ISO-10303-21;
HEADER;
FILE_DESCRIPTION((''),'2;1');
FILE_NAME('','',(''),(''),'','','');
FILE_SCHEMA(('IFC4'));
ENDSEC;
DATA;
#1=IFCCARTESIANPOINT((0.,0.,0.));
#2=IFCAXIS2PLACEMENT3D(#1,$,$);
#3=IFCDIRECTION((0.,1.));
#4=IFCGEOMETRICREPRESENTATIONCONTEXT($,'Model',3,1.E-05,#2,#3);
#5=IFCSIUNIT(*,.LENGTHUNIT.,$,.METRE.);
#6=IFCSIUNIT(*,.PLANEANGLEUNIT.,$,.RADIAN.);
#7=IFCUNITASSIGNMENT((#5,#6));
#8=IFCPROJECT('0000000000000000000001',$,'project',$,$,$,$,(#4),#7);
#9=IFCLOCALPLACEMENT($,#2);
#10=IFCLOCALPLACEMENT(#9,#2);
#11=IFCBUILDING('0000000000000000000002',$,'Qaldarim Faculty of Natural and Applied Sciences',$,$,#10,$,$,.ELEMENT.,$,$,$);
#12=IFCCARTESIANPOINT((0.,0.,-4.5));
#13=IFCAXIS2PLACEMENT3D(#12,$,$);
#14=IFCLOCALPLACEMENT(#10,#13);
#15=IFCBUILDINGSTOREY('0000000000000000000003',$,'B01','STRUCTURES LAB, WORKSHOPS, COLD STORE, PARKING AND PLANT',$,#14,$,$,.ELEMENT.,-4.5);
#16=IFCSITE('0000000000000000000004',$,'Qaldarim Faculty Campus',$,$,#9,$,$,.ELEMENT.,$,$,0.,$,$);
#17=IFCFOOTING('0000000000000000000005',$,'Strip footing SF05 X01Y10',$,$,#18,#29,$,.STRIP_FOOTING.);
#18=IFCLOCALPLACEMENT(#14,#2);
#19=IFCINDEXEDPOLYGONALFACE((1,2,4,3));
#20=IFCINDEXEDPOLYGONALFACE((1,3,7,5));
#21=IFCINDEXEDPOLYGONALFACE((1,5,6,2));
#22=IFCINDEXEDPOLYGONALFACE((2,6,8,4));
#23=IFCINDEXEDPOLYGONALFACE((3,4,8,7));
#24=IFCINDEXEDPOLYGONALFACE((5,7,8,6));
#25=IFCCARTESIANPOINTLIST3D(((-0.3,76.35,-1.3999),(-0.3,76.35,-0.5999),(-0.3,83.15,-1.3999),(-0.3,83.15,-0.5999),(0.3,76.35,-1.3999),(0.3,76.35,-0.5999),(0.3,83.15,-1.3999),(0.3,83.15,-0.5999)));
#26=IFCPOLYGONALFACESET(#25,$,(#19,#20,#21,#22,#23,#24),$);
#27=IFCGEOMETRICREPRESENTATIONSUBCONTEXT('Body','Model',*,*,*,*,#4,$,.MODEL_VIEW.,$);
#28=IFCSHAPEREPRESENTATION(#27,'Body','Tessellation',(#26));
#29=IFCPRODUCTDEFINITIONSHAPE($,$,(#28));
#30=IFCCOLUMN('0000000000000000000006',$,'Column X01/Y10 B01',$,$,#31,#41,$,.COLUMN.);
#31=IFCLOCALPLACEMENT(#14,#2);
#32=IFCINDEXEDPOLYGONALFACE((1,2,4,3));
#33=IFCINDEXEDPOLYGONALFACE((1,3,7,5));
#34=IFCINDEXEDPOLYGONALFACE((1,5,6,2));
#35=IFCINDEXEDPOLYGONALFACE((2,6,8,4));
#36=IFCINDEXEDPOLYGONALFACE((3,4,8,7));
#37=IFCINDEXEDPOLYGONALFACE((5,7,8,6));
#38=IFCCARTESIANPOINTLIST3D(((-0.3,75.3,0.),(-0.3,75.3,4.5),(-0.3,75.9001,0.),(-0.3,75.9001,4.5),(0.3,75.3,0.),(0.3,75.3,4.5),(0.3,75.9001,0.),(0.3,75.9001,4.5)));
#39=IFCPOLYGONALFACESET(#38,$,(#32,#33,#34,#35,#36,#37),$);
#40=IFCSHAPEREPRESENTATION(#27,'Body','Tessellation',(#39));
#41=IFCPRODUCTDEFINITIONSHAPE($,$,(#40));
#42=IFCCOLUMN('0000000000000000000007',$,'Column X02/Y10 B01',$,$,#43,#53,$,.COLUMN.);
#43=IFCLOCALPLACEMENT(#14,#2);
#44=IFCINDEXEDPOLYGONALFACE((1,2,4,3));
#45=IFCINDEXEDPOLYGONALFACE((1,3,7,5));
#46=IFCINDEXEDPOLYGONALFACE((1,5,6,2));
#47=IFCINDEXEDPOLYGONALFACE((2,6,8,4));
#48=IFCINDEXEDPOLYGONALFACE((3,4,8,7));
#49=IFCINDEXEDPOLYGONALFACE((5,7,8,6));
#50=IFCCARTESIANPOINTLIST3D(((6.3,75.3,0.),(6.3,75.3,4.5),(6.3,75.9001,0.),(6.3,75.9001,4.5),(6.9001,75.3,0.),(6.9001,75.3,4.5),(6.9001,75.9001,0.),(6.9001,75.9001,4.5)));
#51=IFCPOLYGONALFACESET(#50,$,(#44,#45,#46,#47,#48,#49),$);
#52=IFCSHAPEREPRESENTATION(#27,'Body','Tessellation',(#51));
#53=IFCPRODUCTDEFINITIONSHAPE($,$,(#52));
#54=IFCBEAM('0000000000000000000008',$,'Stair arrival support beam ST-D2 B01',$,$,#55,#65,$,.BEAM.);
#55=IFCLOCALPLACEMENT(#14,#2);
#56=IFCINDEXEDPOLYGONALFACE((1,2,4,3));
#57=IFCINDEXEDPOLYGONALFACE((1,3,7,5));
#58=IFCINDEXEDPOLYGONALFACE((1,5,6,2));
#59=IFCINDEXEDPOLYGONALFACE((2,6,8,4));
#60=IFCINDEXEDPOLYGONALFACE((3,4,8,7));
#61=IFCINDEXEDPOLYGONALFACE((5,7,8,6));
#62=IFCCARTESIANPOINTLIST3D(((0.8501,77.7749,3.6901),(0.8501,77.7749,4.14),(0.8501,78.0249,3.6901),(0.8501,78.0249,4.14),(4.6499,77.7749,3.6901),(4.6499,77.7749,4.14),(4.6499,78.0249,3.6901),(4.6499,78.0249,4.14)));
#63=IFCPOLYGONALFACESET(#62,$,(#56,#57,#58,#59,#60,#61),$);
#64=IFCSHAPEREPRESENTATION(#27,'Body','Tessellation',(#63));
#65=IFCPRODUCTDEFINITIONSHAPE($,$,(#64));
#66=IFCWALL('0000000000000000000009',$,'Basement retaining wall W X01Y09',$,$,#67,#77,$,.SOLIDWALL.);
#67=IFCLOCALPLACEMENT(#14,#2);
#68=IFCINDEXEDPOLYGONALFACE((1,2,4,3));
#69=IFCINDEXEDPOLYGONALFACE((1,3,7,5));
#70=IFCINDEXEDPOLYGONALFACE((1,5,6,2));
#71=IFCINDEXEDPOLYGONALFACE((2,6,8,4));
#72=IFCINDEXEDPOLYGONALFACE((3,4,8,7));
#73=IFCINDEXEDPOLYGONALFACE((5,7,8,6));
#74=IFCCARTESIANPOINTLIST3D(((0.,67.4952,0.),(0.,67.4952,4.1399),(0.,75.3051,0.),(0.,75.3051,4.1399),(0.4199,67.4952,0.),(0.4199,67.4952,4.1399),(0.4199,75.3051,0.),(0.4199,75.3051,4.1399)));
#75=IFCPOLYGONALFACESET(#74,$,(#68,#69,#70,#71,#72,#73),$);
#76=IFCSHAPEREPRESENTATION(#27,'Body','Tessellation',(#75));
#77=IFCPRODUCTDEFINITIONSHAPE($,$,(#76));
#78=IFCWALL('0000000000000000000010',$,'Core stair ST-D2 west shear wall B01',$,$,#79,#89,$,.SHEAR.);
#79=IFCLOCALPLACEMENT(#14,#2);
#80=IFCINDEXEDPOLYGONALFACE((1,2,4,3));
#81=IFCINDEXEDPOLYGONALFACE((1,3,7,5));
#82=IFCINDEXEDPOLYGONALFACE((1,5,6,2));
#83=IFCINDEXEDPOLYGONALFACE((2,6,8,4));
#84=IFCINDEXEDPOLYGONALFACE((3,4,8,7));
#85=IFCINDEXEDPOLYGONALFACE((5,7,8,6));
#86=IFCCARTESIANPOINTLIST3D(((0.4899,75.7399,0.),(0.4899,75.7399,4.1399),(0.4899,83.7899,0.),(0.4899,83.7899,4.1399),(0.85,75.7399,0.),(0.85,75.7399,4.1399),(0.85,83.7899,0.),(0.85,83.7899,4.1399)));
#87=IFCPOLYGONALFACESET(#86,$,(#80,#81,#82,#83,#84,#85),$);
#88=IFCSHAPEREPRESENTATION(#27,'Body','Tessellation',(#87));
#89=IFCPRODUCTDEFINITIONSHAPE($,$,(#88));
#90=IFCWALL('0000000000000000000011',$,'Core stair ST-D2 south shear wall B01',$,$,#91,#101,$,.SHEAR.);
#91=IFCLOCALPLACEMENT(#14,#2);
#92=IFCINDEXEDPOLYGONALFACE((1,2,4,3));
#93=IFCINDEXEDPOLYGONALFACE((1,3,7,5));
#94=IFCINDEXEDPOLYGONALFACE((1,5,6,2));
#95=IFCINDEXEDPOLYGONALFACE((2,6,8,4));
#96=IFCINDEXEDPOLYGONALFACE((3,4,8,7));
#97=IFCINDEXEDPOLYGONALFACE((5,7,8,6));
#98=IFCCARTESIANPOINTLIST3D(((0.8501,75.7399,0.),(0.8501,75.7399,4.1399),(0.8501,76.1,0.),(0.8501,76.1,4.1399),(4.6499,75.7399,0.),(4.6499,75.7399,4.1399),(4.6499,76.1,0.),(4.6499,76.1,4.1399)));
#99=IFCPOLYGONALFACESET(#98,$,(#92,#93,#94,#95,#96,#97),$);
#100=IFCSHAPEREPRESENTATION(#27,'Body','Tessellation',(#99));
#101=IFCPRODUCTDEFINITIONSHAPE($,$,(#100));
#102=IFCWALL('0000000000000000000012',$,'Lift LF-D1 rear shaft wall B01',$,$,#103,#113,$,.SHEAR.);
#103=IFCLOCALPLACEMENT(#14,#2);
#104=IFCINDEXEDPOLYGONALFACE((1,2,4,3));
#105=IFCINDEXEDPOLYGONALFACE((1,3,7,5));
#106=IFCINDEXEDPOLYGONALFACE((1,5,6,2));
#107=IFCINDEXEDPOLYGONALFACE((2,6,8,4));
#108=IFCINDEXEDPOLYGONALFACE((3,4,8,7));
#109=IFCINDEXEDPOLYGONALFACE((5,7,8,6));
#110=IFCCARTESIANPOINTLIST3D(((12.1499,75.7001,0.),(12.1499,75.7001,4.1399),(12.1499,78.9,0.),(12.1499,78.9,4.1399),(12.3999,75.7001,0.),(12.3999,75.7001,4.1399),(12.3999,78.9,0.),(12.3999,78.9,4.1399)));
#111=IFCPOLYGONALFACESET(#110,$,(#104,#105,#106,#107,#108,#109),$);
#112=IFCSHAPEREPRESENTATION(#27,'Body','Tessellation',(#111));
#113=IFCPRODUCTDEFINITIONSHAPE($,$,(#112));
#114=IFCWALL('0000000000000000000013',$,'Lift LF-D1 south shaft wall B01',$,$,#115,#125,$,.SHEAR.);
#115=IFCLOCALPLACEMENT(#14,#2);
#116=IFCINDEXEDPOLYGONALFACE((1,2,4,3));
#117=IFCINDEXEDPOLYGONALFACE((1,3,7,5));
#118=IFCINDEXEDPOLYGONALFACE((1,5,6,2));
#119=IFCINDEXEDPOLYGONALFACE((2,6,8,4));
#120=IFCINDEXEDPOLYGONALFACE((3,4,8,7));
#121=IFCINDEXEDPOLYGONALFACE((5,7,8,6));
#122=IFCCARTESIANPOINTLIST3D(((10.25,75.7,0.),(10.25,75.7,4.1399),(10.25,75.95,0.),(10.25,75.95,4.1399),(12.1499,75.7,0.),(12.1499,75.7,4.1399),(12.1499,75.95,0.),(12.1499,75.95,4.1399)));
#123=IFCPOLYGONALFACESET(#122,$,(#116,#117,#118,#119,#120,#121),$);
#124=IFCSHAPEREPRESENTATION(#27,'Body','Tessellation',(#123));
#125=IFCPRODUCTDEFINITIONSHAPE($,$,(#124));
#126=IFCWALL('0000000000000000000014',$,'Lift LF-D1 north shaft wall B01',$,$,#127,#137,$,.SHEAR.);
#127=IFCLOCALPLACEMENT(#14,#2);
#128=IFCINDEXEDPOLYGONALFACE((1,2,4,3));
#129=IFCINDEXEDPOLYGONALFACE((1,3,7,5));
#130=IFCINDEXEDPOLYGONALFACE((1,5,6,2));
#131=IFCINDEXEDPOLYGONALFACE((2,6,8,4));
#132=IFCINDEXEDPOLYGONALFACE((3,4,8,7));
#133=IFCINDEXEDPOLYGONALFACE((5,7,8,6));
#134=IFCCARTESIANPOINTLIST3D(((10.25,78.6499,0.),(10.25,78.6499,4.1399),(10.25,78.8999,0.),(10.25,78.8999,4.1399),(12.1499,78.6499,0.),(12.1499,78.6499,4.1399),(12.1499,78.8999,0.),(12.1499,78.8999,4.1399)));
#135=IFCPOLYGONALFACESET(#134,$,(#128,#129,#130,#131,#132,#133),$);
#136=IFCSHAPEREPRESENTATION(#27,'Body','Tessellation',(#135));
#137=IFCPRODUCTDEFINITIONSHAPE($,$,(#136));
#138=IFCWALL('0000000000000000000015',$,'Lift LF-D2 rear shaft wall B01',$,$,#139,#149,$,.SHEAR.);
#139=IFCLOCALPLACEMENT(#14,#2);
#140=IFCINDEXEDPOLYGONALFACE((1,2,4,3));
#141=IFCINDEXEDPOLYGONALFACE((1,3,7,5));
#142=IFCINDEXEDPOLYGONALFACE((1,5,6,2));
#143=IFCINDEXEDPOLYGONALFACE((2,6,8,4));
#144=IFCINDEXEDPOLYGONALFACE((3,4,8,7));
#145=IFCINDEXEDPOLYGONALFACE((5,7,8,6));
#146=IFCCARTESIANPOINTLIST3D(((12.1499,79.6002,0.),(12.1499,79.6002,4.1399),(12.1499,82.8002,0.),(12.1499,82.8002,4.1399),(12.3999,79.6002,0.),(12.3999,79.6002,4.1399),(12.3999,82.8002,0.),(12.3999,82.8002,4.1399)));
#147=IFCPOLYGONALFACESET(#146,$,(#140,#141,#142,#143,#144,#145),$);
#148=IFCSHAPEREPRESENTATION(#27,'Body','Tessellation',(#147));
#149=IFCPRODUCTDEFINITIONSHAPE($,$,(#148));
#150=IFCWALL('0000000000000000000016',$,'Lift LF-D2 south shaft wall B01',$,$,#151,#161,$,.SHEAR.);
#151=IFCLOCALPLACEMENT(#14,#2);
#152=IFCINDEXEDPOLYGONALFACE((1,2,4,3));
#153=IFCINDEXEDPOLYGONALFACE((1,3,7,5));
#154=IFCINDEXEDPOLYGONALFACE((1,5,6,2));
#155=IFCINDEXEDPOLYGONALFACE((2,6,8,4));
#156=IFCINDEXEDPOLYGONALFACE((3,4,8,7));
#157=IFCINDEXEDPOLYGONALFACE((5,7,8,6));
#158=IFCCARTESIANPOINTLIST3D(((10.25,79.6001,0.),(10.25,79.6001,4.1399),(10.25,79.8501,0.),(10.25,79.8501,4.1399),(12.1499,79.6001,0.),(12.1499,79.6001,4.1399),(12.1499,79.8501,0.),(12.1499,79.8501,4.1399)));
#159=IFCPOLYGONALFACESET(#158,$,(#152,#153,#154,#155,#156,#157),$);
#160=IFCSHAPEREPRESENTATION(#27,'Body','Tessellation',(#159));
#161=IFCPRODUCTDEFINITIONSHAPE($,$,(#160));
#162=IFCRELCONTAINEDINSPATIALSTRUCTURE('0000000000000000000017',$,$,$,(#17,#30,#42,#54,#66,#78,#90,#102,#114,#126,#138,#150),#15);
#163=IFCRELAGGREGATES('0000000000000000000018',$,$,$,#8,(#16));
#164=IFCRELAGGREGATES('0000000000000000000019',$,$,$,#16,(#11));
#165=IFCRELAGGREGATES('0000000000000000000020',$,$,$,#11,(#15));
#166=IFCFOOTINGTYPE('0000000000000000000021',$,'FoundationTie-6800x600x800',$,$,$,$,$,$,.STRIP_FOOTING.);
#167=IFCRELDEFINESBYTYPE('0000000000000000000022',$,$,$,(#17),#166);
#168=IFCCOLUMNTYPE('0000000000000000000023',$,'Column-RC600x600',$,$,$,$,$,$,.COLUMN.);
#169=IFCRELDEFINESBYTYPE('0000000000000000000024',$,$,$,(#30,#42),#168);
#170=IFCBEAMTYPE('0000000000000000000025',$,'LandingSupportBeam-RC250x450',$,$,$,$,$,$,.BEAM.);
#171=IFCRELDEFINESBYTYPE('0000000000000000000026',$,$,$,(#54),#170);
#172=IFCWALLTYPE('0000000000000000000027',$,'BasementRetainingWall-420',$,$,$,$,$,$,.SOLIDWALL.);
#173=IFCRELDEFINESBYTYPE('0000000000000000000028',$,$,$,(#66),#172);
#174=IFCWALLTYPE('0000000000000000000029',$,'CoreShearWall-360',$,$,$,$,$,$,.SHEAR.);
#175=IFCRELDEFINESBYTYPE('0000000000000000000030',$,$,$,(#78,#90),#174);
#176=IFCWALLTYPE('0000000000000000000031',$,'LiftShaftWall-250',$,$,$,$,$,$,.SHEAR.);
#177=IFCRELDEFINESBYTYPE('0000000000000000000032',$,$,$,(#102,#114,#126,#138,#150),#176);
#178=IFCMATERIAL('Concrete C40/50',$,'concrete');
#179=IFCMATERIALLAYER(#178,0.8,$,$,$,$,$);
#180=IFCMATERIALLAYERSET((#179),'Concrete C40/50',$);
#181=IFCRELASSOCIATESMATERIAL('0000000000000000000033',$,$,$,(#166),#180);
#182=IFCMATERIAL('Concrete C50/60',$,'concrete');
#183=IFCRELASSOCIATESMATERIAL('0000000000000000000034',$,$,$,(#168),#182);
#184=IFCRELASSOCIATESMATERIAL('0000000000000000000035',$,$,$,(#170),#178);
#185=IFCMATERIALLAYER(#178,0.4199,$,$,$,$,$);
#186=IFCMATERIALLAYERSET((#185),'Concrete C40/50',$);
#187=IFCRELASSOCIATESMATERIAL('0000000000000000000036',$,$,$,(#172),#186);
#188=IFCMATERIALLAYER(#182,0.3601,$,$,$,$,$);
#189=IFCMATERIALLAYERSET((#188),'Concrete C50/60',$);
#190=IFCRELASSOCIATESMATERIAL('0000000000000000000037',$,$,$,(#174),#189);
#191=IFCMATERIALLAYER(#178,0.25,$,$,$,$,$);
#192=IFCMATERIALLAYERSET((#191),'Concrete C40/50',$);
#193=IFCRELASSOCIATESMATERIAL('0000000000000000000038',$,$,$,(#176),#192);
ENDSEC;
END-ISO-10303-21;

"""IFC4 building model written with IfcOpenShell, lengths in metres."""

from ifc_helpers import new_model, si_unit, direction, frame, frame_2d, origin, origin_2d, place, context, subcontext, project, spatial, rectangle, extrude, material, layer, layer_set, material_profile, profile_set, type_object, element, save


model = new_model("IFC4")

# Units and contexts
model_context = context("Model", 3, precision=1e-05, world=origin(), true_north=direction((0.0, 1.0)))
body_context = subcontext(model_context, "Body", "Model", "MODEL_VIEW")
ifc_project = project(units=[si_unit("LENGTHUNIT", "METRE"), si_unit("PLANEANGLEUNIT", "RADIAN")], contexts=[model_context])

# Site, building, storey
site_placement = place(None, origin())
site = spatial("IfcSite", under=ifc_project, at=site_placement, Name="Qaldarim Faculty Campus", CompositionType="ELEMENT", RefElevation=0.0)
building_placement = place(site_placement, origin())
building = spatial("IfcBuilding", under=site, at=building_placement, Name="Qaldarim Faculty of Natural and Applied Sciences", CompositionType="ELEMENT")
storey_placement = place(building_placement, frame((0.0, 0.0, -4.5)))
storey = spatial("IfcBuildingStorey", under=building, at=storey_placement, Name="B01", Description="STRUCTURES LAB, WORKSHOPS, COLD STORE, PARKING AND PLANT", CompositionType="ELEMENT", Elevation=-4.5)

# Shared definitions
ifc_material_1 = material(Name="Concrete C40/50", Category="concrete")

# Footing
ifc_layer_1 = layer(ifc_material_1, 0.8)
ifc_layer_set_1 = layer_set([ifc_layer_1], Name="Concrete C40/50")
footing_type_1 = type_object("IfcFootingType", Name="FoundationTie-6800x600x800", PredefinedType="STRIP_FOOTING", material=ifc_layer_set_1)
footing_1_placement = place(storey_placement, frame((0.0, 79.75, -1.3999), z_axis=(0.0, 0.0, 1.0), x_axis=(0.0, 1.0, 0.0)))
element("IfcFooting", 1, at=footing_1_placement, inside=storey, type_object=footing_type_1, Name="Strip footing SF05 X01Y10", PredefinedType="STRIP_FOOTING", context=body_context, shape_type="SweptSolid", body=[
    extrude(rectangle(XDim=6.8, YDim=0.6001, at=origin_2d()), origin(), (0.0, 0.0, 1.0), 0.8),
])

# Columns
ifc_material_2 = material(Name="Concrete C50/60", Category="concrete")
ifc_material_profile_1 = material_profile(ifc_material_2, rectangle(XDim=0.6001, YDim=0.6001, at=origin_2d()), Name="RC-C600x600")
ifc_profile_set_1 = profile_set([ifc_material_profile_1], Name="Concrete C50/60")
column_type = type_object("IfcColumnType", Name="Column-RC600x600", PredefinedType="COLUMN", material=ifc_profile_set_1)
for number, where, z_axis, x_axis, name in (
    (2, (0.0, 75.6001, 0.0), (0.0, 0.0, 1.0), (1.0, 0.0, 0.0), "Column X01/Y10 B01"),
    (3, (6.6001, 75.6001, 0.0), (0.0, 0.0, 1.0), (1.0, 0.0, 0.0), "Column X02/Y10 B01"),
):
    element("IfcColumn", number, at=place(storey_placement, frame(where, z_axis=z_axis, x_axis=x_axis)), inside=storey, type_object=column_type, Name=name, PredefinedType="COLUMN", context=body_context, shape_type="SweptSolid", body=[
        extrude(rectangle(XDim=0.6001, YDim=0.6001, at=origin_2d()), origin(), (0.0, 0.0, 1.0), 4.5),
    ])

# Beam
ifc_material_profile_2 = material_profile(ifc_material_1, rectangle(XDim=0.25, YDim=0.45, at=origin_2d()), Name="RC-LN250x450")
ifc_profile_set_2 = profile_set([ifc_material_profile_2], Name="Concrete C40/50")
beam_type = type_object("IfcBeamType", Name="LandingSupportBeam-RC250x450", PredefinedType="BEAM", material=ifc_profile_set_2)
beam_placement = place(storey_placement, frame((0.8501, 77.8999, 3.915), z_axis=(1.0, 0.0, 0.0), x_axis=(0.0, 1.0, 0.0)))
element("IfcBeam", 4, at=beam_placement, inside=storey, type_object=beam_type, Name="Stair arrival support beam ST-D2 B01", PredefinedType="BEAM", context=body_context, shape_type="SweptSolid", body=[
    extrude(rectangle(XDim=0.25, YDim=0.45, at=origin_2d()), origin(), (0.0, 0.0, 1.0), 3.7998),
])

# Walls
ifc_layer_2 = layer(ifc_material_1, 0.4199)
ifc_layer_set_2 = layer_set([ifc_layer_2], Name="Concrete C40/50")
wall_type_1 = type_object("IfcWallType", Name="BasementRetainingWall-420", PredefinedType="SOLIDWALL", material=ifc_layer_set_2)
wall_1_placement = place(storey_placement, frame((0.21, 75.3049, 0.0), z_axis=(0.0, 0.0, 1.0), x_axis=(0.0, -1.0, 0.0)))
element("IfcWall", 5, at=wall_1_placement, inside=storey, type_object=wall_type_1, Name="Basement retaining wall W X01Y09", PredefinedType="SOLIDWALL", context=body_context, shape_type="SweptSolid", body=[
    extrude(rectangle(XDim=7.8098, YDim=0.4199, at=frame_2d((3.9048, 0.0))), origin(), (0.0, 0.0, 1.0), 4.1399),
])
ifc_layer_3 = layer(ifc_material_2, 0.3601)
ifc_layer_set_3 = layer_set([ifc_layer_3], Name="Concrete C50/60")
wall_type_2 = type_object("IfcWallType", Name="CoreShearWall-360", PredefinedType="SHEAR", material=ifc_layer_set_3)
wall_2_placement = place(storey_placement, frame((0.6699, 75.74, 0.0), z_axis=(0.0, 0.0, 1.0), x_axis=(0.0, 1.0, 0.0)))
element("IfcWall", 6, at=wall_2_placement, inside=storey, type_object=wall_type_2, Name="Core stair ST-D2 west shear wall B01", PredefinedType="SHEAR", context=body_context, shape_type="SweptSolid", body=[
    extrude(rectangle(XDim=8.05, YDim=0.3601, at=frame_2d((4.0249, 0.0))), origin(), (0.0, 0.0, 1.0), 4.1399),
])

# Wall
wall_3_placement = place(storey_placement, frame((0.8501, 75.9199, 0.0), z_axis=(0.0, 0.0, 1.0), x_axis=(1.0, 0.0, 0.0)))
element("IfcWall", 7, at=wall_3_placement, inside=storey, type_object=wall_type_2, Name="Core stair ST-D2 south shear wall B01", PredefinedType="SHEAR", context=body_context, shape_type="SweptSolid", body=[
    extrude(rectangle(XDim=3.7998, YDim=0.3601, at=frame_2d((1.8999, 0.0))), origin(), (0.0, 0.0, 1.0), 4.1399),
])

# Shared definitions
ifc_layer_4 = layer(ifc_material_1, 0.25)
ifc_layer_set_4 = layer_set([ifc_layer_4], Name="Concrete C40/50")
wall_type_3 = type_object("IfcWallType", Name="LiftShaftWall-250", PredefinedType="SHEAR", material=ifc_layer_set_4)

# Walls
wall_4_placement = place(storey_placement, frame((12.2749, 75.7, 0.0), z_axis=(0.0, 0.0, 1.0), x_axis=(0.0, 1.0, 0.0)))
element("IfcWall", 8, at=wall_4_placement, inside=storey, type_object=wall_type_3, Name="Lift LF-D1 rear shaft wall B01", PredefinedType="SHEAR", context=body_context, shape_type="SweptSolid", body=[
    extrude(rectangle(XDim=3.2, YDim=0.25, at=frame_2d((1.6001, 0.0))), origin(), (0.0, 0.0, 1.0), 4.1399),
])
for number, where, z_axis, x_axis, name in (
    (9, (10.25, 75.825, 0.0), (0.0, 0.0, 1.0), (1.0, 0.0, 0.0), "Lift LF-D1 south shaft wall B01"),
    (10, (10.25, 78.7749, 0.0), (0.0, 0.0, 1.0), (1.0, 0.0, 0.0), "Lift LF-D1 north shaft wall B01"),
):
    element("IfcWall", number, at=place(storey_placement, frame(where, z_axis=z_axis, x_axis=x_axis)), inside=storey, type_object=wall_type_3, Name=name, PredefinedType="SHEAR", context=body_context, shape_type="SweptSolid", body=[
        extrude(rectangle(XDim=1.8999, YDim=0.25, at=frame_2d((0.95, 0.0))), origin(), (0.0, 0.0, 1.0), 4.1399),
    ])

# Walls
wall_5_placement = place(storey_placement, frame((12.2749, 79.6001, 0.0), z_axis=(0.0, 0.0, 1.0), x_axis=(0.0, 1.0, 0.0)))
element("IfcWall", 11, at=wall_5_placement, inside=storey, type_object=wall_type_3, Name="Lift LF-D2 rear shaft wall B01", PredefinedType="SHEAR", context=body_context, shape_type="SweptSolid", body=[
    extrude(rectangle(XDim=3.2, YDim=0.25, at=frame_2d((1.6001, 0.0))), origin(), (0.0, 0.0, 1.0), 4.1399),
])
wall_6_placement = place(storey_placement, frame((10.25, 79.7251, 0.0), z_axis=(0.0, 0.0, 1.0), x_axis=(1.0, 0.0, 0.0)))
element("IfcWall", 12, at=wall_6_placement, inside=storey, type_object=wall_type_3, Name="Lift LF-D2 south shaft wall B01", PredefinedType="SHEAR", context=body_context, shape_type="SweptSolid", body=[
    extrude(rectangle(XDim=1.8999, YDim=0.25, at=frame_2d((0.95, 0.0))), origin(), (0.0, 0.0, 1.0), 4.1399),
])

save(model, "model.ifc")
